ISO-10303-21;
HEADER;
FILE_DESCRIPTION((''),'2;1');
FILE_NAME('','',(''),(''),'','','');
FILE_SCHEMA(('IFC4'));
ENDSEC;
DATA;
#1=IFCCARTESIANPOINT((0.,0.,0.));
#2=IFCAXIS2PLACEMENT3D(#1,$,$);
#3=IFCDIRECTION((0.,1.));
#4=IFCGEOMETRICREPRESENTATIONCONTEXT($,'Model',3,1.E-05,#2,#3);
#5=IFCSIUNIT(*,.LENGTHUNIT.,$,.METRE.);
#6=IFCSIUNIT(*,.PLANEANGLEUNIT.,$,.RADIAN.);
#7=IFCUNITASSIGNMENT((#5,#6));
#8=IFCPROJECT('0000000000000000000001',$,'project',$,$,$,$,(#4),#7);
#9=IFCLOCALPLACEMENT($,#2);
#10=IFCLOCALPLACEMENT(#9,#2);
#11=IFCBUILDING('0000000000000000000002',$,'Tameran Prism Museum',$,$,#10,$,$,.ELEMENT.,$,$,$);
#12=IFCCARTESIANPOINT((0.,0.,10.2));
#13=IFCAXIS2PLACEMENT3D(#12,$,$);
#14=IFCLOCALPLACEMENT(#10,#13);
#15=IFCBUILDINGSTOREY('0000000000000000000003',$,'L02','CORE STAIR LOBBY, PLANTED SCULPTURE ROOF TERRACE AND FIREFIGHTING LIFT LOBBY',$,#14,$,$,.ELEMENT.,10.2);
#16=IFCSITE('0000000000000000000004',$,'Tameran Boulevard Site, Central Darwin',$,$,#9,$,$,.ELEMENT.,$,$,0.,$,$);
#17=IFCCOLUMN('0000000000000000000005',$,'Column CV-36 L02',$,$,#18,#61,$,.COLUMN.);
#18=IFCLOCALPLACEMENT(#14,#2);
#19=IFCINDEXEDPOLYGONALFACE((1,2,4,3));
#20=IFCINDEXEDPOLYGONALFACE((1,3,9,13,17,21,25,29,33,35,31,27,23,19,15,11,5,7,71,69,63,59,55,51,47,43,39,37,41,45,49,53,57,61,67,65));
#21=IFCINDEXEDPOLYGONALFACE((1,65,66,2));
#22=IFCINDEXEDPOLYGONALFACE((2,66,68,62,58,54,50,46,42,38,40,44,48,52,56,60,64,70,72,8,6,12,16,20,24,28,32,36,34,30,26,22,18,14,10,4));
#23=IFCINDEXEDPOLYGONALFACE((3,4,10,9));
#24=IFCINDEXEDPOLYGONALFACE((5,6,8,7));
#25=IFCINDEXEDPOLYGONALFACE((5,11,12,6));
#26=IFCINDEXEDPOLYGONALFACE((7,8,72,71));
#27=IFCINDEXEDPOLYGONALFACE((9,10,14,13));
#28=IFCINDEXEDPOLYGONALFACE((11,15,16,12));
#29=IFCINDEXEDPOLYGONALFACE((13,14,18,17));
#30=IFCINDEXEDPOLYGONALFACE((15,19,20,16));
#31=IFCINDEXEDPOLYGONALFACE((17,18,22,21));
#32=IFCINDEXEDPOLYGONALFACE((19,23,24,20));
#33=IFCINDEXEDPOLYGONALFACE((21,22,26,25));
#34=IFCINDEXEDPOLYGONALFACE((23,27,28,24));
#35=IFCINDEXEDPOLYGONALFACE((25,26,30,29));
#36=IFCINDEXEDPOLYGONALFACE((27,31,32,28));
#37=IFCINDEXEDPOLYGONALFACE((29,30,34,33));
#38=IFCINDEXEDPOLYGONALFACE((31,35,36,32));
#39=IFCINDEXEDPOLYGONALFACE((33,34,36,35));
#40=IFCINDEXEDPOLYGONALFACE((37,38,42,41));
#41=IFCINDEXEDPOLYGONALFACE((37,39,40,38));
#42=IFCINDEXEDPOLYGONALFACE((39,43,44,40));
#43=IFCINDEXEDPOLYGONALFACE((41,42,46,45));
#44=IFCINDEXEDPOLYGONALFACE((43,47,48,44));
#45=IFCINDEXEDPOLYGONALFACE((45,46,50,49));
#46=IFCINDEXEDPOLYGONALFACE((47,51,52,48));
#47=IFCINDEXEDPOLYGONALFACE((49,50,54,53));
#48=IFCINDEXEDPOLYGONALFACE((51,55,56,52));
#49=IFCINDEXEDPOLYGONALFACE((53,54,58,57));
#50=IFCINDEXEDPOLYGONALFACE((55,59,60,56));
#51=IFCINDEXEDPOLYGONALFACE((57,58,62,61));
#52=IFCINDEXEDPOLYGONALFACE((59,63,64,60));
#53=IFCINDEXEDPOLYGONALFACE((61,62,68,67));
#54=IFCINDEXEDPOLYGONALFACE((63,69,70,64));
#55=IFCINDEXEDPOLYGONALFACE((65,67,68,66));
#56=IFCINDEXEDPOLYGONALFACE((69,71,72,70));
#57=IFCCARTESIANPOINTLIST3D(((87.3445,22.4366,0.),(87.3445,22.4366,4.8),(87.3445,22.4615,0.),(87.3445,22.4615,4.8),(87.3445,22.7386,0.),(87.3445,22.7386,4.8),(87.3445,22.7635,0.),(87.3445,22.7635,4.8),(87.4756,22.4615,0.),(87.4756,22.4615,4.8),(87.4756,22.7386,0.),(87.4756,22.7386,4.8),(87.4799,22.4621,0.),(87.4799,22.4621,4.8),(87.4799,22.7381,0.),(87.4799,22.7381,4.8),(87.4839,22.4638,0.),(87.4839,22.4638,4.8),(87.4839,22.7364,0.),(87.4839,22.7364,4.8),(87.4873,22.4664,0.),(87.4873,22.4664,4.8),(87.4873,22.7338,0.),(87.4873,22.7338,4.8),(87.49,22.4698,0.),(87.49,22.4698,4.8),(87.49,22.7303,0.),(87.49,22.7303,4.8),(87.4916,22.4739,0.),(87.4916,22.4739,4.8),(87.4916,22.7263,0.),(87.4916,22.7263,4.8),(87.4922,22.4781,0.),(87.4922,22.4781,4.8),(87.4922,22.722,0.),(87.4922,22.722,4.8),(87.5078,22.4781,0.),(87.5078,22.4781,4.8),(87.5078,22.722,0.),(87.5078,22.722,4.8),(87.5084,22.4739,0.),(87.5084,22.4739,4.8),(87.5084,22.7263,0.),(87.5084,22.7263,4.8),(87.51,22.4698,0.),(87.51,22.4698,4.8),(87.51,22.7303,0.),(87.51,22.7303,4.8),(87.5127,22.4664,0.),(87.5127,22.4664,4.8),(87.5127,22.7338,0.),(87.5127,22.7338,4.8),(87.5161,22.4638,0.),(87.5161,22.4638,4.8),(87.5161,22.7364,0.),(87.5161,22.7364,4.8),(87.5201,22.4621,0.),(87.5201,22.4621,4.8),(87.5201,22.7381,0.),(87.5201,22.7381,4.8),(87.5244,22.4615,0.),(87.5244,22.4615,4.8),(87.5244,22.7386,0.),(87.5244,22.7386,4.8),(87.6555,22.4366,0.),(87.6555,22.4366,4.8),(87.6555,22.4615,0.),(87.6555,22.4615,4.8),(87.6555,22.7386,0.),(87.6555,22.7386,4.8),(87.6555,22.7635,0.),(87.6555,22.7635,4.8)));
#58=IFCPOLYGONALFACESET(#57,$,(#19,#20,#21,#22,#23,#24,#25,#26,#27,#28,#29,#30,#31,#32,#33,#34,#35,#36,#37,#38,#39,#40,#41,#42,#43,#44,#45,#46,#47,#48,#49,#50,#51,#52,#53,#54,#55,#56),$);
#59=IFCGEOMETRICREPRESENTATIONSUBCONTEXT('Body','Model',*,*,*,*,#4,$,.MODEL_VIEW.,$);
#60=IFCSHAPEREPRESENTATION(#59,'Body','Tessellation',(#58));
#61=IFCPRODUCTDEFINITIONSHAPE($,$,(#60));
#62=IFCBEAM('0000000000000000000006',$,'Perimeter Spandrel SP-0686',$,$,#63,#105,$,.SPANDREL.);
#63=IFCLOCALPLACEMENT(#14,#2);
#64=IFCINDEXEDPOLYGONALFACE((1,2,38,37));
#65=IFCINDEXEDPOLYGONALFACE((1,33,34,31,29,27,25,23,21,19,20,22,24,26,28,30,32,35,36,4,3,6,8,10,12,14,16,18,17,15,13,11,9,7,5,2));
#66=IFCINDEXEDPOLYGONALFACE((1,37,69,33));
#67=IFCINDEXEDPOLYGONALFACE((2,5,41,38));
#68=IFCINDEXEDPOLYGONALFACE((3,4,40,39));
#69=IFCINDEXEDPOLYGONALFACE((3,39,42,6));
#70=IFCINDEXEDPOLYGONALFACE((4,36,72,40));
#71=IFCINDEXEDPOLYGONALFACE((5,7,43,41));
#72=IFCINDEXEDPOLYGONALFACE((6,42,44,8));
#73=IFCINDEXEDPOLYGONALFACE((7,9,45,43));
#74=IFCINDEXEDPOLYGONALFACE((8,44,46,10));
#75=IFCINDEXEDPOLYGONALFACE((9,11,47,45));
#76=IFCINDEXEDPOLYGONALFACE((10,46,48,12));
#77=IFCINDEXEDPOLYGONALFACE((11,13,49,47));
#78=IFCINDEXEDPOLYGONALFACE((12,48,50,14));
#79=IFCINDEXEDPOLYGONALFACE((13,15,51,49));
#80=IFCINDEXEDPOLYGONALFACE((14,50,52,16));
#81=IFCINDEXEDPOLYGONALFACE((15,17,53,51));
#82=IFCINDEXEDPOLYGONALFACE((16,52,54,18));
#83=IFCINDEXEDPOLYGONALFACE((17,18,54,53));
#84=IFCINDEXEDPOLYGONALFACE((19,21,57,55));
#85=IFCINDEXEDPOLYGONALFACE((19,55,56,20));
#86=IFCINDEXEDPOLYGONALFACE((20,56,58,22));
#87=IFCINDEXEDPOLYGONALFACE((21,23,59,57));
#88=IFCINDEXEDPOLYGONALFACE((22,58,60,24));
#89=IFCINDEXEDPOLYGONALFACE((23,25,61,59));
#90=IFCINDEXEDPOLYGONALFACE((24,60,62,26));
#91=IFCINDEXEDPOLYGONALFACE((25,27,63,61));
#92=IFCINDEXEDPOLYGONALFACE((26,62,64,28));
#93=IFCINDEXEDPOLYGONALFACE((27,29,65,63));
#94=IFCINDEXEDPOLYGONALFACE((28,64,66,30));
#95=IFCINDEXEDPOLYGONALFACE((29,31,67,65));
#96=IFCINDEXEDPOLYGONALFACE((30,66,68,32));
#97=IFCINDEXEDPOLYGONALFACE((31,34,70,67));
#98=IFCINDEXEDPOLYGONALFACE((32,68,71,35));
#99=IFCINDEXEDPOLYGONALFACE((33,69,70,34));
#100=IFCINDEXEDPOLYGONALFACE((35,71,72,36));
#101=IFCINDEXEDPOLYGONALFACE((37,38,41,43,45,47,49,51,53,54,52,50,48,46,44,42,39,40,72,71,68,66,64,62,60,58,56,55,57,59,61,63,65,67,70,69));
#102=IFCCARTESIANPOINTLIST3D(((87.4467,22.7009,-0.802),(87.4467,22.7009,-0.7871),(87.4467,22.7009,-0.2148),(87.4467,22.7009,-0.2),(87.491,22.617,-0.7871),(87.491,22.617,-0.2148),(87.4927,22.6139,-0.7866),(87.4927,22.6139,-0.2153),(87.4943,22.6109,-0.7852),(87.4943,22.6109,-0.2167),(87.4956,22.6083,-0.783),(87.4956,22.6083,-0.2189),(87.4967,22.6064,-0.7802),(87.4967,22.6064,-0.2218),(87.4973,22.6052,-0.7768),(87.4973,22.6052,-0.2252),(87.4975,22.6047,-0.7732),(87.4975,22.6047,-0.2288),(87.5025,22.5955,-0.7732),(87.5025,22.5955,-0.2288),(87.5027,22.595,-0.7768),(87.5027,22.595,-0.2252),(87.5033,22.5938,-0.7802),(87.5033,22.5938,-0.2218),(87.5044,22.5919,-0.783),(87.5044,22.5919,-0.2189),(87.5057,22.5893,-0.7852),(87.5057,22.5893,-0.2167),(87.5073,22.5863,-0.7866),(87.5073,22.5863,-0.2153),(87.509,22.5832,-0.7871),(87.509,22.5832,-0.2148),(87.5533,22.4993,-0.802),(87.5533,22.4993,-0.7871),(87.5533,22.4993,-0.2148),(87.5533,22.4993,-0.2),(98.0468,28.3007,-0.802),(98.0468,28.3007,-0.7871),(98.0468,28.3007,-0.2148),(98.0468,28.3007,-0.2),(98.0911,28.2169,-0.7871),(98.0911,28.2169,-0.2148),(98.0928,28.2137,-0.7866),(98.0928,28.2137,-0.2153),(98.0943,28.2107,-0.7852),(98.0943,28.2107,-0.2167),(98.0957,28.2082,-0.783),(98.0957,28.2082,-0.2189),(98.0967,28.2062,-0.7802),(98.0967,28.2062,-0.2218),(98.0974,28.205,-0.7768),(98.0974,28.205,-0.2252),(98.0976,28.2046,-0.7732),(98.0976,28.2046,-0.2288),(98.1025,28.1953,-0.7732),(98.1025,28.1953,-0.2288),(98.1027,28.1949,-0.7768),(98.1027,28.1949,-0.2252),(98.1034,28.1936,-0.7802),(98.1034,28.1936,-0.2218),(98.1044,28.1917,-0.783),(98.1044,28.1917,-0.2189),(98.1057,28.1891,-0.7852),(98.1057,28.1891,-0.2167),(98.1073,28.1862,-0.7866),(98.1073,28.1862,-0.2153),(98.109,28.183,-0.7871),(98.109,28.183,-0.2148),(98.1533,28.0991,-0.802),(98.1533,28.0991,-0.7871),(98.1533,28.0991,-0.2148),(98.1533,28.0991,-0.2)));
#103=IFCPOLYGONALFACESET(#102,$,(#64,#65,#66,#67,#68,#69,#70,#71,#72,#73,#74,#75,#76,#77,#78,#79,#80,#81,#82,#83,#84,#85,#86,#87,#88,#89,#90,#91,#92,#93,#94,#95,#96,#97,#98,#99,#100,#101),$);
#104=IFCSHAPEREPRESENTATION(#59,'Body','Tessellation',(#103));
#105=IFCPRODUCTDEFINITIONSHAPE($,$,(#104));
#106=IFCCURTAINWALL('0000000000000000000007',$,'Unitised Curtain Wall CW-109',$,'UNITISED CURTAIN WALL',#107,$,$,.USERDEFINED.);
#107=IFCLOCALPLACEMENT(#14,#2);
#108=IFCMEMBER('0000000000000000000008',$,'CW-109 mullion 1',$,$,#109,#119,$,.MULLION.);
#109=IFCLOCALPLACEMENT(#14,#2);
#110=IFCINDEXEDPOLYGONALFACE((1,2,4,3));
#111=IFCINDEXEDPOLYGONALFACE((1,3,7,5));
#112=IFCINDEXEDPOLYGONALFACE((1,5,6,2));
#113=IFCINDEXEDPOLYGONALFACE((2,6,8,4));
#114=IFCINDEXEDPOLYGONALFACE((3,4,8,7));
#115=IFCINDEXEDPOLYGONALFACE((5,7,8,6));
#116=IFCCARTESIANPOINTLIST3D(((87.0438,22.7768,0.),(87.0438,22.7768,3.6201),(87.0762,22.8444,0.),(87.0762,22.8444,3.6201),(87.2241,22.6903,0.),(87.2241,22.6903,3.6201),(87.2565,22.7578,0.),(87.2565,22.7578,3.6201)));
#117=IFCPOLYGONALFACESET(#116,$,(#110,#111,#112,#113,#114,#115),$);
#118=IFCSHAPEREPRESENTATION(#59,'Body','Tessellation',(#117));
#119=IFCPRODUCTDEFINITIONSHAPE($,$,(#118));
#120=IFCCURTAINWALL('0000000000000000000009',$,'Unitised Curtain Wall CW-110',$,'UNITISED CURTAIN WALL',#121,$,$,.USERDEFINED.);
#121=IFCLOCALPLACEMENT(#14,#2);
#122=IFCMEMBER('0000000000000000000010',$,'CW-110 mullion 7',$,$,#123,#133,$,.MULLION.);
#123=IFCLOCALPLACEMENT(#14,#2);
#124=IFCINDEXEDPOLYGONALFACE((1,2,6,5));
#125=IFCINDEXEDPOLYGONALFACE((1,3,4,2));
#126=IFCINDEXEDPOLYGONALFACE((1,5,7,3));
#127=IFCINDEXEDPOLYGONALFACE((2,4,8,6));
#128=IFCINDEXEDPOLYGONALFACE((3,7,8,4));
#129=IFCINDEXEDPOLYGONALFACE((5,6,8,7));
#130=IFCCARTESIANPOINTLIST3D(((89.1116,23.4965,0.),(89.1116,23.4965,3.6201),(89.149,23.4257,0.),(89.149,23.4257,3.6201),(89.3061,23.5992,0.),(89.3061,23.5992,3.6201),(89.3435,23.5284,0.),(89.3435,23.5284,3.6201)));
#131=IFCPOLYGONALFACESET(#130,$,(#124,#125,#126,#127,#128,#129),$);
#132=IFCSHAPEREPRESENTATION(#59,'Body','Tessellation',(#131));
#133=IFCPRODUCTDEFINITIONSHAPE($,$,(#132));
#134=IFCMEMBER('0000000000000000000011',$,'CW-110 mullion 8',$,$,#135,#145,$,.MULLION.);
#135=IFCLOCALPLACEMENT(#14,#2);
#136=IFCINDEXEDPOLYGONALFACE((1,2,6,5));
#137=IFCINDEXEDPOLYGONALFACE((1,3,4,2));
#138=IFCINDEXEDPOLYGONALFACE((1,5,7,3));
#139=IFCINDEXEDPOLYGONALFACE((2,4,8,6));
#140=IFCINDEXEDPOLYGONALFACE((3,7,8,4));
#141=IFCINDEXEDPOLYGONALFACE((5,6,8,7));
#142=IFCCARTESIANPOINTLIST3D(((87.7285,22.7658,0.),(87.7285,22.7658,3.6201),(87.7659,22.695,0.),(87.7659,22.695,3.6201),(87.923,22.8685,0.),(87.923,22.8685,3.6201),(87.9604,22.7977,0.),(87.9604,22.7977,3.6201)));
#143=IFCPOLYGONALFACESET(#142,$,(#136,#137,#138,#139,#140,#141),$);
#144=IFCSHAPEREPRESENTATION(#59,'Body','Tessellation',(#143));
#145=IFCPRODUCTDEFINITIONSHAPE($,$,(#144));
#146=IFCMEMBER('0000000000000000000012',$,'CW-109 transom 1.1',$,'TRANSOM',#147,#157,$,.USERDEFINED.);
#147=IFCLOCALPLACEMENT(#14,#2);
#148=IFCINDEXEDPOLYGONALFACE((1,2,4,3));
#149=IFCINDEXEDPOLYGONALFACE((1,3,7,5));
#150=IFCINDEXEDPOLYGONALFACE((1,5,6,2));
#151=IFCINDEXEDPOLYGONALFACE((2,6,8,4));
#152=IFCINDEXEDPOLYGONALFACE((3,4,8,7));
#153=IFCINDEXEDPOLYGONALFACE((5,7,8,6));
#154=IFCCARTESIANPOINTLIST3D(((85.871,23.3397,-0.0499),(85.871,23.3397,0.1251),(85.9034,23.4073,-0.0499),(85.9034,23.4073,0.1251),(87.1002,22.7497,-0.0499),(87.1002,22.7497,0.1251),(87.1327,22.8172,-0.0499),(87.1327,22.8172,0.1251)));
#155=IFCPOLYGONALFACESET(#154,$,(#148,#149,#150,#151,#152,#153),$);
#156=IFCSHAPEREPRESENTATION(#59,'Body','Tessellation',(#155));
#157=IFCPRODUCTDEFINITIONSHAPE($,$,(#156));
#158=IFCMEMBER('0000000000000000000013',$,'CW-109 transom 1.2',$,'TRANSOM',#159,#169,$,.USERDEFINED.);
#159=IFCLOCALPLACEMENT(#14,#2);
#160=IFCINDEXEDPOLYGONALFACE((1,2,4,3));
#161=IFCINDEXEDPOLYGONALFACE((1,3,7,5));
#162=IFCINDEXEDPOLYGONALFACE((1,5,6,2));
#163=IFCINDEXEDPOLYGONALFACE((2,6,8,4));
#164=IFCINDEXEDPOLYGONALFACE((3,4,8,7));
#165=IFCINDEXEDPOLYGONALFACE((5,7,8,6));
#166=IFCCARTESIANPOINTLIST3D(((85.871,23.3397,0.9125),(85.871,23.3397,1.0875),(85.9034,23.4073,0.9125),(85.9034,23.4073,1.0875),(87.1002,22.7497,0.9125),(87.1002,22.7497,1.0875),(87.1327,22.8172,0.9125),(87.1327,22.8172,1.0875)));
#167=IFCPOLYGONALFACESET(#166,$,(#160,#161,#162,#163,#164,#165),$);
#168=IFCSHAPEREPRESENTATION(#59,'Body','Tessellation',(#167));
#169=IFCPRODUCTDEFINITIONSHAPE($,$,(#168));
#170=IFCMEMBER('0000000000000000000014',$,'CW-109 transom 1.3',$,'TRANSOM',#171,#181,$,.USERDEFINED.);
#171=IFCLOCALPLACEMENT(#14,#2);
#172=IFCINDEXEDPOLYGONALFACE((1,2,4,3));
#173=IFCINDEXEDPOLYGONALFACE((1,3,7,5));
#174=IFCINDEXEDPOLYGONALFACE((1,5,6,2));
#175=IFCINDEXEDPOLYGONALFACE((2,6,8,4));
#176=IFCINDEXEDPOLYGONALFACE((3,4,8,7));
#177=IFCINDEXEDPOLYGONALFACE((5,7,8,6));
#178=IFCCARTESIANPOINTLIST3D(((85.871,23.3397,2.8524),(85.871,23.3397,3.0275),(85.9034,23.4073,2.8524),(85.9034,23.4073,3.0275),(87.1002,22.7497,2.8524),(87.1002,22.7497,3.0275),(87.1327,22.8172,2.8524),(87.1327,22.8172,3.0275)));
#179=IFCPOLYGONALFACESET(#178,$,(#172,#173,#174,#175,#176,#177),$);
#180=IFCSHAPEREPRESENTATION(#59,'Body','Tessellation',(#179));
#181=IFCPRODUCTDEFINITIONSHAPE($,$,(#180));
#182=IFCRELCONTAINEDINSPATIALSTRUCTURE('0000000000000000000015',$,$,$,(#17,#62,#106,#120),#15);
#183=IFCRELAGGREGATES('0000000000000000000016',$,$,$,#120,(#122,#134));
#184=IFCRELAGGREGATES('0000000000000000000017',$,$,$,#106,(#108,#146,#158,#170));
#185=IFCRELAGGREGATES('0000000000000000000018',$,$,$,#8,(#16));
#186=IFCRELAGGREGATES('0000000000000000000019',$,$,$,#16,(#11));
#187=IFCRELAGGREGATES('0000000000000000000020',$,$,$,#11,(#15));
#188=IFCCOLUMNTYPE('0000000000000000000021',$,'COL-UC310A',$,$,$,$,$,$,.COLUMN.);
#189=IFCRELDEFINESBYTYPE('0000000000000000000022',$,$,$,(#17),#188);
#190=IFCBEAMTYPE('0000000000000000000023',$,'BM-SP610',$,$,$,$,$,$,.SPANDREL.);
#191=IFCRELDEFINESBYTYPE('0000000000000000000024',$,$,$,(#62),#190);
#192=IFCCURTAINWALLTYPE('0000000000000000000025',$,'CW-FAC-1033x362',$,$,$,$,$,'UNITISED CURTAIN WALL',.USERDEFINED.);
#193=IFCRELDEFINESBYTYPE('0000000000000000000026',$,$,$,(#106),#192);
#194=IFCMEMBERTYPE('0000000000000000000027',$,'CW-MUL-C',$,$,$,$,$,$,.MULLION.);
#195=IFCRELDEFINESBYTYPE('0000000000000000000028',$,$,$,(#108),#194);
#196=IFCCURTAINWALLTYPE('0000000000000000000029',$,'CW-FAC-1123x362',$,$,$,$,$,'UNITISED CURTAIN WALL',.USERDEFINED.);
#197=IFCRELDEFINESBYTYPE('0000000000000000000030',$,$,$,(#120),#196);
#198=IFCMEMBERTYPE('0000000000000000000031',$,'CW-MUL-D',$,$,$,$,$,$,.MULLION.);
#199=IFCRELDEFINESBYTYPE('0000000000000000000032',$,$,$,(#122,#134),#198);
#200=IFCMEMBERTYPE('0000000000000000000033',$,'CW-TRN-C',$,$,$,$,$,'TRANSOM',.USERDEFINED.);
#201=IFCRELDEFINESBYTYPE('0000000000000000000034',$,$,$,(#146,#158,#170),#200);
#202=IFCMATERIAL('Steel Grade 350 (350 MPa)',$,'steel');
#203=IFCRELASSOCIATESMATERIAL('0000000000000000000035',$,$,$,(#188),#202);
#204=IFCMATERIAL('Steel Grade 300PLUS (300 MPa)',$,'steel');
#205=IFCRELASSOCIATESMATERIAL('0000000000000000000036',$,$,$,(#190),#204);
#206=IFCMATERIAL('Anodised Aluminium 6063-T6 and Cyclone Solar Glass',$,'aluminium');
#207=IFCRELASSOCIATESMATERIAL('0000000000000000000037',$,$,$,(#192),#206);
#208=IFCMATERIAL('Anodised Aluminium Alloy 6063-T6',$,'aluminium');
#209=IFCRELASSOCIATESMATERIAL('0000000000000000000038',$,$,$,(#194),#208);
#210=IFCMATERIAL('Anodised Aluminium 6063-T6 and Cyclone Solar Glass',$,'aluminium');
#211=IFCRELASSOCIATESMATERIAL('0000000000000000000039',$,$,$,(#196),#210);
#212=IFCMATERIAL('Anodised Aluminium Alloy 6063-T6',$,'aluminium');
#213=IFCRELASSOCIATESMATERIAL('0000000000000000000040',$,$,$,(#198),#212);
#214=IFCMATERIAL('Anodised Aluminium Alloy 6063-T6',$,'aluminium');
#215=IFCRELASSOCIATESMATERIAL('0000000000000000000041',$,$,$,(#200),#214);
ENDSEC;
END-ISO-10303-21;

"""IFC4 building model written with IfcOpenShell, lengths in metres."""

from ifc_helpers import new_model, si_unit, direction, frame, origin, origin_2d, place, context, subcontext, project, spatial, rectangle, i_section, extrude, material, material_profile, profile_set, type_object, element, aggregate, save


model = new_model("IFC4")

# Units and contexts
model_context = context("Model", 3, precision=1e-05, world=origin(), true_north=direction((0.0, 1.0)))
body_context = subcontext(model_context, "Body", "Model", "MODEL_VIEW")
ifc_project = project(units=[si_unit("LENGTHUNIT", "METRE"), si_unit("PLANEANGLEUNIT", "RADIAN")], contexts=[model_context])

# Site, building, storey
site_placement = place(None, origin())
site = spatial("IfcSite", under=ifc_project, at=site_placement, Name="Tameran Boulevard Site, Central Darwin", CompositionType="ELEMENT", RefElevation=0.0)
building_placement = place(site_placement, origin())
building = spatial("IfcBuilding", under=site, at=building_placement, Name="Tameran Prism Museum", CompositionType="ELEMENT")
storey_placement = place(building_placement, frame((0.0, 0.0, 10.2)))
storey = spatial("IfcBuildingStorey", under=building, at=storey_placement, Name="L02", Description="CORE STAIR LOBBY, PLANTED SCULPTURE ROOF TERRACE AND FIREFIGHTING LIFT LOBBY", CompositionType="ELEMENT", Elevation=10.2)

# Column
ifc_material_1 = material(Name="Steel Grade 350 (350 MPa)", Category="steel")
ifc_material_profile_1 = material_profile(ifc_material_1, i_section(OverallWidth=0.311, OverallDepth=0.3269, WebThickness=0.0156, FlangeThickness=0.0249, FilletRadius=0.0166, at=origin_2d()))
ifc_profile_set_1 = profile_set([ifc_material_profile_1])
column_type = type_object("IfcColumnType", Name="COL-UC310A", PredefinedType="COLUMN", material=ifc_profile_set_1)
column_placement = place(storey_placement, frame((87.5, 22.6001, 0.0), z_axis=(0.0, 0.0, 1.0), x_axis=(1.0, 0.0, 0.0)))
element("IfcColumn", 1, at=column_placement, inside=storey, type_object=column_type, Name="Column CV-36 L02", PredefinedType="COLUMN", context=body_context, shape_type="SweptSolid", body=[
    extrude(i_section(OverallWidth=0.311, OverallDepth=0.3269, WebThickness=0.0156, FlangeThickness=0.0249, FilletRadius=0.0166, at=origin_2d()), origin(), (0.0, 0.0, 1.0), 4.8),
])

# Beam
ifc_material_2 = material(Name="Steel Grade 300PLUS (300 MPa)", Category="steel")
ifc_material_profile_2 = material_profile(ifc_material_2, i_section(OverallWidth=0.228, OverallDepth=0.6021, WebThickness=0.0105, FlangeThickness=0.0149, FilletRadius=0.0139, at=origin_2d()))
ifc_profile_set_2 = profile_set([ifc_material_profile_2])
beam_type = type_object("IfcBeamType", Name="BM-SP610", PredefinedType="SPANDREL", material=ifc_profile_set_2)
beam_placement = place(storey_placement, frame((87.5, 22.6001, -0.501), z_axis=(0.8842, 0.467108, 0.0), x_axis=(-0.467108, 0.8842, 0.0)))
element("IfcBeam", 2, at=beam_placement, inside=storey, type_object=beam_type, Name="Perimeter Spandrel SP-0686", PredefinedType="SPANDREL", context=body_context, shape_type="SweptSolid", body=[
    extrude(i_section(OverallWidth=0.228, OverallDepth=0.6021, WebThickness=0.0105, FlangeThickness=0.0149, FilletRadius=0.0139, at=origin_2d()), origin(), (0.0, 0.0, 1.0), 11.9883),
])

# Curtain wall, member
ifc_material_3 = material(Name="Anodised Aluminium 6063-T6 and Cyclone Solar Glass", Category="aluminium")
curtain_wall_type_1 = type_object("IfcCurtainWallType", Name="CW-FAC-1033x362", ElementType="UNITISED CURTAIN WALL", PredefinedType="USERDEFINED", material=ifc_material_3)
curtain_wall_1_placement = place(storey_placement, origin())
curtain_wall_1 = element("IfcCurtainWall", 3, at=curtain_wall_1_placement, inside=storey, type_object=curtain_wall_type_1, Name="Unitised Curtain Wall CW-109", ObjectType="UNITISED CURTAIN WALL", PredefinedType="USERDEFINED")
ifc_material_4 = material(Name="Anodised Aluminium Alloy 6063-T6", Category="aluminium")
ifc_material_profile_3 = material_profile(ifc_material_4, rectangle(XDim=0.075, YDim=0.2, at=origin_2d()))
ifc_profile_set_3 = profile_set([ifc_material_profile_3])
member_type_1 = type_object("IfcMemberType", Name="CW-MUL-C", PredefinedType="MULLION", material=ifc_profile_set_3)
member_1_placement = place(storey_placement, frame((87.1501, 22.7673, 0.0), z_axis=(0.0, 0.0, 1.0), x_axis=(-0.432832, -0.901475, 0.0)))
member_1 = element("IfcMember", 4, at=member_1_placement, type_object=member_type_1, Name="CW-109 mullion 1", PredefinedType="MULLION", context=body_context, shape_type="SweptSolid", body=[
    extrude(rectangle(XDim=0.075, YDim=0.2, at=origin_2d()), origin(), (0.0, 0.0, 1.0), 3.6201),
])

# Curtain wall, members
ifc_material_5 = material(Name="Anodised Aluminium 6063-T6 and Cyclone Solar Glass", Category="aluminium")
curtain_wall_type_2 = type_object("IfcCurtainWallType", Name="CW-FAC-1123x362", ElementType="UNITISED CURTAIN WALL", PredefinedType="USERDEFINED", material=ifc_material_5)
curtain_wall_2_placement = place(storey_placement, origin())
curtain_wall_2 = element("IfcCurtainWall", 5, at=curtain_wall_2_placement, inside=storey, type_object=curtain_wall_type_2, Name="Unitised Curtain Wall CW-110", ObjectType="UNITISED CURTAIN WALL", PredefinedType="USERDEFINED")
ifc_material_6 = material(Name="Anodised Aluminium Alloy 6063-T6", Category="aluminium")
ifc_material_profile_4 = material_profile(ifc_material_6, rectangle(XDim=0.0801, YDim=0.22, at=origin_2d()))
ifc_profile_set_4 = profile_set([ifc_material_profile_4])
member_type_2 = type_object("IfcMemberType", Name="CW-MUL-D", PredefinedType="MULLION", material=ifc_profile_set_4)
member_2_placement = place(storey_placement, frame((89.2275, 23.5125, 0.0), z_axis=(0.0, 0.0, 1.0), x_axis=(0.467155, -0.884175, 0.0)))
member_2 = element("IfcMember", 6, at=member_2_placement, type_object=member_type_2, Name="CW-110 mullion 7", PredefinedType="MULLION", context=body_context, shape_type="SweptSolid", body=[
    extrude(rectangle(XDim=0.0801, YDim=0.22, at=origin_2d()), origin(), (0.0, 0.0, 1.0), 3.6201),
])
member_3_placement = place(storey_placement, frame((87.8445, 22.7817, 0.0), z_axis=(0.0, 0.0, 1.0), x_axis=(0.467155, -0.884175, 0.0)))
member_3 = element("IfcMember", 7, at=member_3_placement, type_object=member_type_2, Name="CW-110 mullion 8", PredefinedType="MULLION", context=body_context, shape_type="SweptSolid", body=[
    extrude(rectangle(XDim=0.0801, YDim=0.22, at=origin_2d()), origin(), (0.0, 0.0, 1.0), 3.6201),
])

# Members
ifc_material_7 = material(Name="Anodised Aluminium Alloy 6063-T6", Category="aluminium")
ifc_material_profile_5 = material_profile(ifc_material_7, rectangle(XDim=0.075, YDim=0.175, at=origin_2d()))
ifc_profile_set_5 = profile_set([ifc_material_profile_5])
member_type_3 = type_object("IfcMemberType", Name="CW-TRN-C", ElementType="TRANSOM", PredefinedType="USERDEFINED", material=ifc_profile_set_5)
member_4_placement = place(storey_placement, frame((87.1165, 22.7834, 0.0376), z_axis=(-0.901509, 0.43276, 0.0), x_axis=(-0.43276, -0.901509, 0.0)))
member_4 = element("IfcMember", 8, at=member_4_placement, type_object=member_type_3, Name="CW-109 transom 1.1", ObjectType="TRANSOM", PredefinedType="USERDEFINED", context=body_context, shape_type="SweptSolid", body=[
    extrude(rectangle(XDim=0.075, YDim=0.175, at=origin_2d()), origin(), (0.0, 0.0, 1.0), 1.3635),
])
member_5_placement = place(storey_placement, frame((87.1165, 22.7834, 1.0), z_axis=(-0.901509, 0.43276, 0.0), x_axis=(-0.43276, -0.901509, 0.0)))
member_5 = element("IfcMember", 9, at=member_5_placement, type_object=member_type_3, Name="CW-109 transom 1.2", ObjectType="TRANSOM", PredefinedType="USERDEFINED", context=body_context, shape_type="SweptSolid", body=[
    extrude(rectangle(XDim=0.075, YDim=0.175, at=origin_2d()), origin(), (0.0, 0.0, 1.0), 1.3635),
])
member_6_placement = place(storey_placement, frame((87.1165, 22.7834, 2.9399), z_axis=(-0.901509, 0.43276, 0.0), x_axis=(-0.43276, -0.901509, 0.0)))
member_6 = element("IfcMember", 10, at=member_6_placement, type_object=member_type_3, Name="CW-109 transom 1.3", ObjectType="TRANSOM", PredefinedType="USERDEFINED", context=body_context, shape_type="SweptSolid", body=[
    extrude(rectangle(XDim=0.075, YDim=0.175, at=origin_2d()), origin(), (0.0, 0.0, 1.0), 1.3635),
])

aggregate(curtain_wall_2, [member_2, member_3])
aggregate(curtain_wall_1, [member_1, member_4, member_5, member_6])

save(model, "model.ifc")
